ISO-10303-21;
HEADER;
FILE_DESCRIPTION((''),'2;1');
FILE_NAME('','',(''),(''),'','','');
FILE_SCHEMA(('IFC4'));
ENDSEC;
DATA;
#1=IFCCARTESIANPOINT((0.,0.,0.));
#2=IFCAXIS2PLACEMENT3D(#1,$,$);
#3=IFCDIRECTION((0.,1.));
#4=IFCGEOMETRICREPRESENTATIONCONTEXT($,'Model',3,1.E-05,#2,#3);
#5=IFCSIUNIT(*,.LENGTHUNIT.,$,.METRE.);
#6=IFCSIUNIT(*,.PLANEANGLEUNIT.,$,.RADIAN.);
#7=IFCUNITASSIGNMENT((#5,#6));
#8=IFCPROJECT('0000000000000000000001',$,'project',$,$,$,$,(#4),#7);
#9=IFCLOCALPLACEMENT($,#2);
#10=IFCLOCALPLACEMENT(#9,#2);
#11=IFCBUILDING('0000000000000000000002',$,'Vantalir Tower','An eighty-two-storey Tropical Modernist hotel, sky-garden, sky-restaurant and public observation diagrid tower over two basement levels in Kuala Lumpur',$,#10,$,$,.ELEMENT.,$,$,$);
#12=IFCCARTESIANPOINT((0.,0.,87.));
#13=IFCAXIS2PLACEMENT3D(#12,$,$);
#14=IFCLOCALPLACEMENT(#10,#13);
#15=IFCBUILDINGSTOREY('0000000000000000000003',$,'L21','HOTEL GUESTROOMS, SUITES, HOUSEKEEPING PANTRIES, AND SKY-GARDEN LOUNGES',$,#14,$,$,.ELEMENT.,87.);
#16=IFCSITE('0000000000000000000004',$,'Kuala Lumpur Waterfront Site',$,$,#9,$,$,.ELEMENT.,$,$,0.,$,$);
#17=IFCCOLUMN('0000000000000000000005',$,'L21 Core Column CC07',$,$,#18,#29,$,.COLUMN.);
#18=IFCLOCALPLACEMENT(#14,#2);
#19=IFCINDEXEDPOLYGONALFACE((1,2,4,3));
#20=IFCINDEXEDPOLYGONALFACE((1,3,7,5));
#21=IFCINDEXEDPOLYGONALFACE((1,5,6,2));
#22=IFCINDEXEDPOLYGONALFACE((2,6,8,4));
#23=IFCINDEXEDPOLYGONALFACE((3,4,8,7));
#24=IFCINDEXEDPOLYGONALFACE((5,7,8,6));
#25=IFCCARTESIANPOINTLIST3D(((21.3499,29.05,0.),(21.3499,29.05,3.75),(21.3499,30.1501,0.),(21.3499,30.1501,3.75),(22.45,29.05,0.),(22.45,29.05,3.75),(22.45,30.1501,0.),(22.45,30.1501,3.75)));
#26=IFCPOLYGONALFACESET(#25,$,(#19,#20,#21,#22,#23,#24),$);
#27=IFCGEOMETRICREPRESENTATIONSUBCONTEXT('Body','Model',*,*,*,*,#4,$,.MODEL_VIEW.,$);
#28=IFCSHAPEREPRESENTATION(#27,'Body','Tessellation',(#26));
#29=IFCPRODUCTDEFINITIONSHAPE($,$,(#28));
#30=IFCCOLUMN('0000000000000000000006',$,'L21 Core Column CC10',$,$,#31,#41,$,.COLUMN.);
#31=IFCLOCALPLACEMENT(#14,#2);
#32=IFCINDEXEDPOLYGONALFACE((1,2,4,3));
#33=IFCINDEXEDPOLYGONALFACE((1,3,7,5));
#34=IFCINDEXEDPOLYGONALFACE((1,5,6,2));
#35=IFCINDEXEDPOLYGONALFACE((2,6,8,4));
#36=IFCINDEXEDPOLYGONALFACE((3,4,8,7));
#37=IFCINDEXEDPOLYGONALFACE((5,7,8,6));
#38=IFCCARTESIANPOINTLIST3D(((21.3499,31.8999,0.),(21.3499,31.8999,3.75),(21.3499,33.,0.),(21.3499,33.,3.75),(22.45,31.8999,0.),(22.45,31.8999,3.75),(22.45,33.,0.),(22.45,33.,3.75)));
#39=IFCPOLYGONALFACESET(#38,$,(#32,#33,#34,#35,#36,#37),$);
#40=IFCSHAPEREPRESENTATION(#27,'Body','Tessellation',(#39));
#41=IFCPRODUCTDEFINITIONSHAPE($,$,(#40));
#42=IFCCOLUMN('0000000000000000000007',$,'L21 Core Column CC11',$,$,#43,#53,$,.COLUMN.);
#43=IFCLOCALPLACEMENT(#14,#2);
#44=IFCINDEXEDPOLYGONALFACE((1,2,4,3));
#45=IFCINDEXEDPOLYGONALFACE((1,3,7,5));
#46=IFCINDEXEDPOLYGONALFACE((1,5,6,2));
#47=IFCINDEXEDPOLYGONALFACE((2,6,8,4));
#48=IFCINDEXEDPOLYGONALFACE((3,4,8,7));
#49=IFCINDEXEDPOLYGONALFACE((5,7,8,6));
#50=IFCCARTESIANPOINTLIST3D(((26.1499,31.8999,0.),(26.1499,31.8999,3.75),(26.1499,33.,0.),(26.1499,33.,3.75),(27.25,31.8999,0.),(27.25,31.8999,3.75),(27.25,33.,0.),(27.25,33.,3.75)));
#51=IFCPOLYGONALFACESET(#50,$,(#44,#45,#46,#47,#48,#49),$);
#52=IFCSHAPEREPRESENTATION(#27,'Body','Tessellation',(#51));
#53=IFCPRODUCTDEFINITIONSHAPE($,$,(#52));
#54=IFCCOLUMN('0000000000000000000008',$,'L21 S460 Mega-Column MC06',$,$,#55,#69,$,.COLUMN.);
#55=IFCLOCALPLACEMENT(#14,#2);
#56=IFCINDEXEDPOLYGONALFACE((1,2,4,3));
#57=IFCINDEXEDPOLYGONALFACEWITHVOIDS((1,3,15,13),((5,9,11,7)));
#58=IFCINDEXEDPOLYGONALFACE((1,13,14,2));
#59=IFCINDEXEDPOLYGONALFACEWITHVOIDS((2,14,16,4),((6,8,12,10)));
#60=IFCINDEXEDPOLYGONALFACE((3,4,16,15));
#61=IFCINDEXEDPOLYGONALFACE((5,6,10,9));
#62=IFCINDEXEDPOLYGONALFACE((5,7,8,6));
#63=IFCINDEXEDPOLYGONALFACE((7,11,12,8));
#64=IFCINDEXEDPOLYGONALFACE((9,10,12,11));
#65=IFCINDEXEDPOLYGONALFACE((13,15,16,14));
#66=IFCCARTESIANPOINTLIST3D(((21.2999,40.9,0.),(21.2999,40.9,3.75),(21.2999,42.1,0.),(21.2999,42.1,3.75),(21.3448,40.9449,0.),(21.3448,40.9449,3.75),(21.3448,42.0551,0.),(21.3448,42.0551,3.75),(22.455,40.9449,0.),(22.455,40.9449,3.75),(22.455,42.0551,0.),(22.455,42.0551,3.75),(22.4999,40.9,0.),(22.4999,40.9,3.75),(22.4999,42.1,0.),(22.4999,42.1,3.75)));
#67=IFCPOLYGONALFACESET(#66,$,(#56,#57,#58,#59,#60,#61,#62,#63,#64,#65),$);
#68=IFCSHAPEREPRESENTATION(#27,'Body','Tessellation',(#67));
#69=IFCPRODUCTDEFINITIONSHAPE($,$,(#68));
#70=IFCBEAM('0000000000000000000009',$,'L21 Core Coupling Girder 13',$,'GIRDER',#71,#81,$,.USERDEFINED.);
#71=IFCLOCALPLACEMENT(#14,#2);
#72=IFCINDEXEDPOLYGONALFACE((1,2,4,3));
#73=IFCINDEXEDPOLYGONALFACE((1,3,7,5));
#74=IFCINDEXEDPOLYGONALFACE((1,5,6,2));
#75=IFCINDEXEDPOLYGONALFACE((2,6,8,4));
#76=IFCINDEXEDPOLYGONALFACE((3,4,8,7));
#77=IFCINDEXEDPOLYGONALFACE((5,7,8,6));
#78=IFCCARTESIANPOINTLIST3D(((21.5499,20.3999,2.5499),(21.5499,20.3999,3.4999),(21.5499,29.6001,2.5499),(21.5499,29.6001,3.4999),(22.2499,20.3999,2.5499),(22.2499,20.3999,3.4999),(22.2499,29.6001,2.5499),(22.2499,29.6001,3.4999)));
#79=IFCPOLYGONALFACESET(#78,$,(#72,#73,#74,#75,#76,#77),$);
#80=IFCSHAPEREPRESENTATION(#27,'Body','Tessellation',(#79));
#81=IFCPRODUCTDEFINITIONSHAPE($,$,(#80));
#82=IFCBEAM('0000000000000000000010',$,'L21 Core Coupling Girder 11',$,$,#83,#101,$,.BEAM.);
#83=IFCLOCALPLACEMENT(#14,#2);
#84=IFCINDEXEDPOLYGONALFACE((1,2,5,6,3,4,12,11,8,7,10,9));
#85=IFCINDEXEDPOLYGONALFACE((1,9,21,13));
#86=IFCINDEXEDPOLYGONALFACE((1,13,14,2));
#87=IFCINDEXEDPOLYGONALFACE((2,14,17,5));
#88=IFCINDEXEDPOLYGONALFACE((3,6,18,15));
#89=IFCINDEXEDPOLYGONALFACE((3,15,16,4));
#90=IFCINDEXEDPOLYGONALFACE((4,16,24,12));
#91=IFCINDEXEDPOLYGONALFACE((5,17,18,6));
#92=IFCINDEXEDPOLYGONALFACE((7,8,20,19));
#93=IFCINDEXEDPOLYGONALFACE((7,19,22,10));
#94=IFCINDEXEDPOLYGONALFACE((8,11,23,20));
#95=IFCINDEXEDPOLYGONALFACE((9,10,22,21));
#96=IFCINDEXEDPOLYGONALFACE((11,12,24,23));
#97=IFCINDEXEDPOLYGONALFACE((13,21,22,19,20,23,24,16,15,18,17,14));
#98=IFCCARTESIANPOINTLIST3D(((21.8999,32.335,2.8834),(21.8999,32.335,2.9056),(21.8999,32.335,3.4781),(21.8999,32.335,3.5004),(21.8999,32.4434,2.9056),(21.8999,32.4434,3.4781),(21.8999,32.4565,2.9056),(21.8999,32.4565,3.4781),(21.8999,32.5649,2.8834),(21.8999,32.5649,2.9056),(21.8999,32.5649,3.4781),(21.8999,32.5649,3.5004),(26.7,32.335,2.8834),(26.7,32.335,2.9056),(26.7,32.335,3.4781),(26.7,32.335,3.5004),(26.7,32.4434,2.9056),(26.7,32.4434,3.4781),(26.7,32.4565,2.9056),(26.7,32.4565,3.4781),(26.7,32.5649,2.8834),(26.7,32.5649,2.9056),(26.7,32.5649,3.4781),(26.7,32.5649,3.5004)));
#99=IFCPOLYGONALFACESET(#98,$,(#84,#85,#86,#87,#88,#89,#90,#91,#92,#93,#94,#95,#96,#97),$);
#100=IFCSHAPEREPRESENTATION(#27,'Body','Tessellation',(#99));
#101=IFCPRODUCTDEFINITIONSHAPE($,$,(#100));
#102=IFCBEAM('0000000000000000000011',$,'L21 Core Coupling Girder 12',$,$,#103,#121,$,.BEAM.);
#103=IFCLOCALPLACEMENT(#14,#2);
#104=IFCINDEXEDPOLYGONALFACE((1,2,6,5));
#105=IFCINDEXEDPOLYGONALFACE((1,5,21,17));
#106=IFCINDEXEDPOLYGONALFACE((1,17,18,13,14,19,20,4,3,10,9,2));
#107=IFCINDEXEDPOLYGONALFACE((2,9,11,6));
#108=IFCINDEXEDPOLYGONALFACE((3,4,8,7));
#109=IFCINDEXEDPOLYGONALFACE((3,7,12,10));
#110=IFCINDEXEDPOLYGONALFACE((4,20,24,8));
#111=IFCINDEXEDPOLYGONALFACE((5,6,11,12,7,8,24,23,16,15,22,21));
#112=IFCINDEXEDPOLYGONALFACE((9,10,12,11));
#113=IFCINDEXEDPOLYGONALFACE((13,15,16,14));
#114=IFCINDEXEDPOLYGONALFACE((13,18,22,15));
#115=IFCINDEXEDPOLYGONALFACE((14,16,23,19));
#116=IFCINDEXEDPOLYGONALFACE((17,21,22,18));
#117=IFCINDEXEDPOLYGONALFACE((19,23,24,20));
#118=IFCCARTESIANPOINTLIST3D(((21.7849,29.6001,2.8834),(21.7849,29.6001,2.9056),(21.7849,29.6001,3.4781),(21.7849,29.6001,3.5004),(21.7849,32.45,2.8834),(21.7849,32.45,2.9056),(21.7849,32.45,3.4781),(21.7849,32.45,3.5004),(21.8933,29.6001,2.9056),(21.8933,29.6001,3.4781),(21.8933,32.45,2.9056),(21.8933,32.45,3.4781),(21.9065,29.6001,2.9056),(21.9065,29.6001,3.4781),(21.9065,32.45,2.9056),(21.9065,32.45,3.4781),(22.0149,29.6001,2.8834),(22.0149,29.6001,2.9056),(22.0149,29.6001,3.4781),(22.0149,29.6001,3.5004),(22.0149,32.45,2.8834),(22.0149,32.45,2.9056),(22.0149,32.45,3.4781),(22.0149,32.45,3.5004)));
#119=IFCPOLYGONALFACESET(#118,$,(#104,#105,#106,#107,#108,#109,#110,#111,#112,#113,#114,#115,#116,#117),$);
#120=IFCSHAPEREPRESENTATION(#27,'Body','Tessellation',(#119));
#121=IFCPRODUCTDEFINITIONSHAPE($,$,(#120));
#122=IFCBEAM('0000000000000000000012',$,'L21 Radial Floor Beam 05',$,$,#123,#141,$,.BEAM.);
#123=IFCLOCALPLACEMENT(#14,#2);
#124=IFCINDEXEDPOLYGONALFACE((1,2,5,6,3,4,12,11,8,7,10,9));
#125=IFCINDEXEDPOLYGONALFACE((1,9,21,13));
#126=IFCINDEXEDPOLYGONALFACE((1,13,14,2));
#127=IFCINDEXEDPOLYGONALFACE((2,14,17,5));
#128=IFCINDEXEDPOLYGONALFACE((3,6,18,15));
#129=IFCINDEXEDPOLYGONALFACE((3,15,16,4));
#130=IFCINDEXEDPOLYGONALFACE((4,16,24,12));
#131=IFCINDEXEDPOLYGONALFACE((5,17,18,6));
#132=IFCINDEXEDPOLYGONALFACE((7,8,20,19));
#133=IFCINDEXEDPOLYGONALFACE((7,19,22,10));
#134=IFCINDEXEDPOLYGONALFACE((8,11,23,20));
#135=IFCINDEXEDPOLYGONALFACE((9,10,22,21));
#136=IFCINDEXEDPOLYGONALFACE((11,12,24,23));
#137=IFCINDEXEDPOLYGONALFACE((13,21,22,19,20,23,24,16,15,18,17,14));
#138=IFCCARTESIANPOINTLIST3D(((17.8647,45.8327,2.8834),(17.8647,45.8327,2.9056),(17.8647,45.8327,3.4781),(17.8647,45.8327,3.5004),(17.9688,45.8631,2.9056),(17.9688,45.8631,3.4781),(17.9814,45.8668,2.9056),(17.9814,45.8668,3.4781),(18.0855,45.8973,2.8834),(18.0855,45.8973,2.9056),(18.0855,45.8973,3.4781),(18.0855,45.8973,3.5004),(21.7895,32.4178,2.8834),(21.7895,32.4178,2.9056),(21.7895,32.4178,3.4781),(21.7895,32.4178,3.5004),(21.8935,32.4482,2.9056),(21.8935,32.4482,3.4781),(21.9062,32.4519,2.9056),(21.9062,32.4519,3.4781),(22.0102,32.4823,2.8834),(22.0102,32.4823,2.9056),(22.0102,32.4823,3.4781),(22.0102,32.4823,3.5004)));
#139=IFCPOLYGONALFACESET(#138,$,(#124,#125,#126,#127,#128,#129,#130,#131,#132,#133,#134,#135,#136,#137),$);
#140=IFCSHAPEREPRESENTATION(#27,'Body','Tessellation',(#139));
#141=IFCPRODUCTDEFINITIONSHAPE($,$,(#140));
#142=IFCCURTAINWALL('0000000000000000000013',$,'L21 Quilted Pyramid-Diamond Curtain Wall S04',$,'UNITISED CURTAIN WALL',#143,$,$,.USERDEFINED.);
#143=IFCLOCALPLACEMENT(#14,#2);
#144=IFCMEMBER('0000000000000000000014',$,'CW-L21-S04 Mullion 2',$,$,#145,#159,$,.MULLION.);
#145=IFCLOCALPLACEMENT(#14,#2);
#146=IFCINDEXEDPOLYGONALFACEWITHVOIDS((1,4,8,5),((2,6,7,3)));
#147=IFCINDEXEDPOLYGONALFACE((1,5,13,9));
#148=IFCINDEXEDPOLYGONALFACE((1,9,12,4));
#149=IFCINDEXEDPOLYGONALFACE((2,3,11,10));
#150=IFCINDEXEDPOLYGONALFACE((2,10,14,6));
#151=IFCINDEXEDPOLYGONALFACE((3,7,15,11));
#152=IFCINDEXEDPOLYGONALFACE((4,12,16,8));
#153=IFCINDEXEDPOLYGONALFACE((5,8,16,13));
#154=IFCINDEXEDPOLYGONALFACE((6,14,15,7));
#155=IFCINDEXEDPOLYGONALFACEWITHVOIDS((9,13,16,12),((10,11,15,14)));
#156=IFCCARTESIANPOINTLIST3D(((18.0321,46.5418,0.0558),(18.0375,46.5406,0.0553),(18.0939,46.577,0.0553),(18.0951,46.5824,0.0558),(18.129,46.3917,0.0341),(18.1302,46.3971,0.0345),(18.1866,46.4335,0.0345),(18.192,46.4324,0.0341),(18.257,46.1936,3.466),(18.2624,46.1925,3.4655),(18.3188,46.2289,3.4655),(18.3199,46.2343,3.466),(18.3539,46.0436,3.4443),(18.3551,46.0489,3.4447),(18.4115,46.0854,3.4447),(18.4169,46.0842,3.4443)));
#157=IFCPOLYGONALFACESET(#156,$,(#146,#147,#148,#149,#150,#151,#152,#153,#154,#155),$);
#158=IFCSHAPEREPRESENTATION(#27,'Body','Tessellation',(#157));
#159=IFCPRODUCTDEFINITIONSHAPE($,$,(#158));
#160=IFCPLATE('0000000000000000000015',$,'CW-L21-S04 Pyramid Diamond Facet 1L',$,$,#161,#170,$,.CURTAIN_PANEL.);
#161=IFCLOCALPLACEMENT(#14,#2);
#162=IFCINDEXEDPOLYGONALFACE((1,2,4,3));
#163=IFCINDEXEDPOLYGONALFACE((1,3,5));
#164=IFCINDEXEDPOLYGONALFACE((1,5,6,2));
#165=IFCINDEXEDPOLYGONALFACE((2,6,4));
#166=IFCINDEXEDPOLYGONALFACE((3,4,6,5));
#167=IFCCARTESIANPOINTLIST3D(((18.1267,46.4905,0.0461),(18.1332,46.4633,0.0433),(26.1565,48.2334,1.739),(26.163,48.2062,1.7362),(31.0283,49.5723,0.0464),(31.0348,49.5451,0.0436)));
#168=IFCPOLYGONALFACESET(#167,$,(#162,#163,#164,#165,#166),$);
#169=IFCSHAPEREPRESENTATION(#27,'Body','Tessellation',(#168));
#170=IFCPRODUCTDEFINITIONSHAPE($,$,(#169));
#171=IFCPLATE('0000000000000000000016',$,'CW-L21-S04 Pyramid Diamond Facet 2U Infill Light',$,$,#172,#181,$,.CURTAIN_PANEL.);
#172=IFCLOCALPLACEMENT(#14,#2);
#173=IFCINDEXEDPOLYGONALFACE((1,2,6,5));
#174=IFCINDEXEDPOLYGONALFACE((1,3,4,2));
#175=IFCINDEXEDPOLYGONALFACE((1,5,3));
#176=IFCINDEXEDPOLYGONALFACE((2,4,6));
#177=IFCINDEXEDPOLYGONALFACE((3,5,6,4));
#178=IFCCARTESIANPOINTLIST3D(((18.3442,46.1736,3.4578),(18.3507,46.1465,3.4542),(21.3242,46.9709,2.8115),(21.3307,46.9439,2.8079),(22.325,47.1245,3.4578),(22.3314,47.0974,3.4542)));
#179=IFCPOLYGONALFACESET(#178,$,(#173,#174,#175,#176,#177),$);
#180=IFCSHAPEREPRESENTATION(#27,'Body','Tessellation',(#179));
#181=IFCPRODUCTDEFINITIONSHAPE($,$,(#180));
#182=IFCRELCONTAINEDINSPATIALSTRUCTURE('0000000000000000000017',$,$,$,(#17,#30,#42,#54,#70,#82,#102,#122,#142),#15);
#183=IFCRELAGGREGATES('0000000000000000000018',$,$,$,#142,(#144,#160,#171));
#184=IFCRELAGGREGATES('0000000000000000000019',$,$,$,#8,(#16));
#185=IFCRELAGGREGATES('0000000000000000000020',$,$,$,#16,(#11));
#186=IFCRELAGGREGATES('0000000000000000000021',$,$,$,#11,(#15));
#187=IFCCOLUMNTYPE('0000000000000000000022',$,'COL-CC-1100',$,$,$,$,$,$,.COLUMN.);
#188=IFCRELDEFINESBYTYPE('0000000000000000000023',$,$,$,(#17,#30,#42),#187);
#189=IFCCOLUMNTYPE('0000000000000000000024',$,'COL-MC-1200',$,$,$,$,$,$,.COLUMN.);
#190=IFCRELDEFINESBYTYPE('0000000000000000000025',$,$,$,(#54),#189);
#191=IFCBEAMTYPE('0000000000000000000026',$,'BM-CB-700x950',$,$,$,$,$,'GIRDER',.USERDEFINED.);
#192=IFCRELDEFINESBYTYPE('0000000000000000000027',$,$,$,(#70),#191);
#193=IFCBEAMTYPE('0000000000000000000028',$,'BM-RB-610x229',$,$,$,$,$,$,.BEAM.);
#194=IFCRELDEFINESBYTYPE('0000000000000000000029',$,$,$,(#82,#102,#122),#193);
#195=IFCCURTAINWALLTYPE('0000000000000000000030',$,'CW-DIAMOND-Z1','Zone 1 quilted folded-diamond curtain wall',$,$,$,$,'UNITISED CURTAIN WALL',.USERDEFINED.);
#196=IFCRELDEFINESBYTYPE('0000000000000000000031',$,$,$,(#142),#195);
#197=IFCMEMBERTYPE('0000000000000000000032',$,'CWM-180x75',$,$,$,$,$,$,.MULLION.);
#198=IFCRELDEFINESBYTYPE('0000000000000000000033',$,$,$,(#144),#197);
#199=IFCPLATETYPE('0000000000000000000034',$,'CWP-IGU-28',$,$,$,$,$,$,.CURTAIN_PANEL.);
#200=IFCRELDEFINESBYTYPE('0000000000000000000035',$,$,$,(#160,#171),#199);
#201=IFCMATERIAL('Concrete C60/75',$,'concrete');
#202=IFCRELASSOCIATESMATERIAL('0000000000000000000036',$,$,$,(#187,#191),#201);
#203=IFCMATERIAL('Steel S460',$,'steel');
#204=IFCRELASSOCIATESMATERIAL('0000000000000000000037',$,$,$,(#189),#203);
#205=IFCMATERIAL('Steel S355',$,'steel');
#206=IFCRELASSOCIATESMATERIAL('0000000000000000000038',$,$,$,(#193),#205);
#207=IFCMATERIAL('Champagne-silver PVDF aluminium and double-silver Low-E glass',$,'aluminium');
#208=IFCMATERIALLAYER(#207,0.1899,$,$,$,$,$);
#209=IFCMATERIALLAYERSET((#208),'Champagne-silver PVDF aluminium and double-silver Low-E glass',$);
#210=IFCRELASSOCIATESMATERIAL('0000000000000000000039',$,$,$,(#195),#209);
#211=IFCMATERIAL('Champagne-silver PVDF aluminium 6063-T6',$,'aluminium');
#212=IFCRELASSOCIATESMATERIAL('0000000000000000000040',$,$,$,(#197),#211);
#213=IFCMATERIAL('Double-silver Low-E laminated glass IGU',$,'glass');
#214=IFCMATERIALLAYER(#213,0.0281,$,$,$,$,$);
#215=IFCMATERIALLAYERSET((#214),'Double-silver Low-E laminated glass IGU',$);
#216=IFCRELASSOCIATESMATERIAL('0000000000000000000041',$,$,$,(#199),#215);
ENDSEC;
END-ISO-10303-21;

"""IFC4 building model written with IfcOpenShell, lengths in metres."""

from ifc_helpers import new_model, si_unit, direction, frame, origin, origin_2d, place, context, subcontext, project, spatial, polyline, rectangle, hollow_rectangle, i_section, outline, extrude, material, layer, layer_set, material_profile, profile_set, type_object, element, aggregate, save


model = new_model("IFC4")

# Units and contexts
model_context = context("Model", 3, precision=1e-05, world=origin(), true_north=direction((0.0, 1.0)))
body_context = subcontext(model_context, "Body", "Model", "MODEL_VIEW")
ifc_project = project(units=[si_unit("LENGTHUNIT", "METRE"), si_unit("PLANEANGLEUNIT", "RADIAN")], contexts=[model_context])

# Site, building, storey
site_placement = place(None, origin())
site = spatial("IfcSite", under=ifc_project, at=site_placement, Name="Kuala Lumpur Waterfront Site", CompositionType="ELEMENT", RefElevation=0.0)
building_placement = place(site_placement, origin())
building = spatial("IfcBuilding", under=site, at=building_placement, Name="Vantalir Tower", Description="An eighty-two-storey Tropical Modernist hotel, sky-garden, sky-restaurant and public observation diagrid tower over two basement levels in Kuala Lumpur", CompositionType="ELEMENT")
storey_placement = place(building_placement, frame((0.0, 0.0, 87.0)))
storey = spatial("IfcBuildingStorey", under=building, at=storey_placement, Name="L21", Description="HOTEL GUESTROOMS, SUITES, HOUSEKEEPING PANTRIES, AND SKY-GARDEN LOUNGES", CompositionType="ELEMENT", Elevation=87.0)

# Columns
ifc_material_1 = material(Name="Concrete C60/75", Category="concrete")
ifc_material_profile_1 = material_profile(ifc_material_1, rectangle(XDim=1.1001, YDim=1.1001, at=origin_2d()), Name="Concrete C60/75")
ifc_profile_set_1 = profile_set([ifc_material_profile_1], Name="Concrete C60/75")
column_type_1 = type_object("IfcColumnType", Name="COL-CC-1100", PredefinedType="COLUMN", material=ifc_profile_set_1)
for number, where, z_axis, x_axis, name in (
    (1, (21.8999, 29.6001, 0.0), (0.0, 0.0, 1.0), (1.0, 0.0, 0.0), "L21 Core Column CC07"),
    (2, (21.8999, 32.45, 0.0), (0.0, 0.0, 1.0), (1.0, 0.0, 0.0), "L21 Core Column CC10"),
    (3, (26.7, 32.45, 0.0), (0.0, 0.0, 1.0), (1.0, 0.0, 0.0), "L21 Core Column CC11"),
):
    element("IfcColumn", number, at=place(storey_placement, frame(where, z_axis=z_axis, x_axis=x_axis)), inside=storey, type_object=column_type_1, Name=name, PredefinedType="COLUMN", context=body_context, shape_type="SweptSolid", body=[
        extrude(rectangle(XDim=1.1001, YDim=1.1001, at=origin_2d()), origin(), (0.0, 0.0, 1.0), 3.75),
    ])
ifc_material_2 = material(Name="Steel S460", Category="steel")
ifc_material_profile_2 = material_profile(ifc_material_2, hollow_rectangle(XDim=1.2, YDim=1.2, WallThickness=0.0449, at=origin_2d()), Name="Steel S460")
ifc_profile_set_2 = profile_set([ifc_material_profile_2], Name="Steel S460")
column_type_2 = type_object("IfcColumnType", Name="COL-MC-1200", PredefinedType="COLUMN", material=ifc_profile_set_2)
column_placement = place(storey_placement, frame((21.8999, 41.5, 0.0), z_axis=(0.0, 0.0, 1.0), x_axis=(1.0, 0.0, 0.0)))
element("IfcColumn", 4, at=column_placement, inside=storey, type_object=column_type_2, Name="L21 S460 Mega-Column MC06", PredefinedType="COLUMN", context=body_context, shape_type="SweptSolid", body=[
    extrude(hollow_rectangle(XDim=1.2, YDim=1.2, WallThickness=0.0449, at=origin_2d()), origin(), (0.0, 0.0, 1.0), 3.75),
])

# Beams
ifc_material_profile_3 = material_profile(ifc_material_1, rectangle(XDim=0.7, YDim=0.95, at=origin_2d()), Name="Concrete C60/75")
ifc_profile_set_3 = profile_set([ifc_material_profile_3], Name="Concrete C60/75")
beam_type_1 = type_object("IfcBeamType", Name="BM-CB-700x950", ElementType="GIRDER", PredefinedType="USERDEFINED", material=ifc_profile_set_3)
beam_1_placement = place(storey_placement, frame((21.8999, 29.6001, 3.0249), z_axis=(0.0, -1.0, 0.0), x_axis=(1.0, 0.0, 0.0)))
element("IfcBeam", 5, at=beam_1_placement, inside=storey, type_object=beam_type_1, Name="L21 Core Coupling Girder 13", ObjectType="GIRDER", PredefinedType="USERDEFINED", context=body_context, shape_type="SweptSolid", body=[
    extrude(rectangle(XDim=0.7, YDim=0.95, at=origin_2d()), origin(), (0.0, 0.0, 1.0), 9.2002),
])
ifc_material_3 = material(Name="Steel S355", Category="steel")
ifc_material_profile_4 = material_profile(ifc_material_3, i_section(OverallWidth=0.23, OverallDepth=0.6169, WebThickness=0.0132, FlangeThickness=0.0222, at=origin_2d()), Name="Steel S355")
ifc_profile_set_4 = profile_set([ifc_material_profile_4], Name="Steel S355")
beam_type_2 = type_object("IfcBeamType", Name="BM-RB-610x229", PredefinedType="BEAM", material=ifc_profile_set_4)
beam_2_placement = place(storey_placement, frame((26.7, 32.45, 3.1919), z_axis=(-1.0, 0.0, 0.0), x_axis=(0.0, -1.0, 0.0)))
element("IfcBeam", 6, at=beam_2_placement, inside=storey, type_object=beam_type_2, Name="L21 Core Coupling Girder 11", PredefinedType="BEAM", context=body_context, shape_type="SweptSolid", body=[
    extrude(i_section(OverallWidth=0.23, OverallDepth=0.6169, WebThickness=0.0132, FlangeThickness=0.0222, at=origin_2d()), origin(), (0.0, 0.0, 1.0), 4.8),
])
beam_3_placement = place(storey_placement, frame((21.8999, 32.45, 3.1919), z_axis=(0.0, -1.0, 0.0), x_axis=(1.0, 0.0, 0.0)))
element("IfcBeam", 7, at=beam_3_placement, inside=storey, type_object=beam_type_2, Name="L21 Core Coupling Girder 12", PredefinedType="BEAM", context=body_context, shape_type="SweptSolid", body=[
    extrude(i_section(OverallWidth=0.23, OverallDepth=0.6169, WebThickness=0.0132, FlangeThickness=0.0222, at=origin_2d()), origin(), (0.0, 0.0, 1.0), 2.8499),
])
beam_4_placement = place(storey_placement, frame((17.9751, 45.865, 3.1919), z_axis=(0.280797, -0.959767, 0.0), x_axis=(0.959767, 0.280797, 0.0)))
element("IfcBeam", 8, at=beam_4_placement, inside=storey, type_object=beam_type_2, Name="L21 Radial Floor Beam 05", PredefinedType="BEAM", context=body_context, shape_type="SweptSolid", body=[
    extrude(i_section(OverallWidth=0.23, OverallDepth=0.6169, WebThickness=0.0132, FlangeThickness=0.0222, at=origin_2d()), origin(), (0.0, 0.0, 1.0), 13.9773),
])

# Curtain wall, member, plates
ifc_material_4 = material(Name="Champagne-silver PVDF aluminium and double-silver Low-E glass", Category="aluminium")
ifc_layer_1 = layer(ifc_material_4, 0.1899)
ifc_layer_set_1 = layer_set([ifc_layer_1], Name="Champagne-silver PVDF aluminium and double-silver Low-E glass")
curtain_wall_type = type_object("IfcCurtainWallType", Name="CW-DIAMOND-Z1", Description="Zone 1 quilted folded-diamond curtain wall", ElementType="UNITISED CURTAIN WALL", PredefinedType="USERDEFINED", material=ifc_layer_set_1)
curtain_wall_placement = place(storey_placement, origin())
curtain_wall = element("IfcCurtainWall", 9, at=curtain_wall_placement, inside=storey, type_object=curtain_wall_type, Name="L21 Quilted Pyramid-Diamond Curtain Wall S04", ObjectType="UNITISED CURTAIN WALL", PredefinedType="USERDEFINED")
ifc_material_5 = material(Name="Champagne-silver PVDF aluminium 6063-T6", Category="aluminium")
ifc_material_profile_5 = material_profile(ifc_material_5, hollow_rectangle(XDim=0.075, YDim=0.1799, WallThickness=0.0039, at=origin_2d()), Name="Champagne-silver PVDF aluminium 6063-T6")
ifc_profile_set_5 = profile_set([ifc_material_profile_5], Name="Champagne-silver PVDF aluminium 6063-T6")
member_type = type_object("IfcMemberType", Name="CWM-180x75", PredefinedType="MULLION", material=ifc_profile_set_5)
member_placement = place(storey_placement, frame((18.1121, 46.4871, 0.0449), z_axis=(0.065455, -0.101345, 0.992696), x_axis=(0.840028, 0.542543, 0.0)))
member = element("IfcMember", 10, at=member_placement, type_object=member_type, Name="CW-L21-S04 Mullion 2", PredefinedType="MULLION", context=body_context, shape_type="SweptSolid", body=[
    extrude(hollow_rectangle(XDim=0.075, YDim=0.1799, WallThickness=0.0039, at=origin_2d()), origin(), (0.0, 0.0, 1.0), 3.4353),
])
ifc_material_6 = material(Name="Double-silver Low-E laminated glass IGU", Category="glass")
ifc_layer_2 = layer(ifc_material_6, 0.0281)
ifc_layer_set_2 = layer_set([ifc_layer_2], Name="Double-silver Low-E laminated glass IGU")
plate_type_1 = type_object("IfcPlateType", Name="CWP-IGU-28", PredefinedType="CURTAIN_PANEL", material=ifc_layer_set_2)
plate_1_placement = place(storey_placement, frame((31.0283, 49.5723, 0.0464), z_axis=(-0.231166, 0.967748, 0.100131), x_axis=(-0.972637, -0.232332, -0.000018)))
plate_1 = element("IfcPlate", 11, at=plate_1_placement, type_object=plate_type_1, Name="CW-L21-S04 Pyramid Diamond Facet 1L", PredefinedType="CURTAIN_PANEL", context=body_context, shape_type="SweptSolid", body=[
    extrude(outline(polyline([(0.0, 0.0), (13.2646, 0.0), (5.0495, 1.7013), (0.0, 0.0)])), origin(), (0.0, 0.0, -1.0), 0.0281),
])
plate_2_placement = place(storey_placement, frame((22.325, 47.1245, 3.4578), z_axis=(-0.230446, 0.96468, 0.127622), x_axis=(-0.972633, -0.232346, 0.0)))
plate_2 = element("IfcPlate", 12, at=plate_2_placement, type_object=plate_type_1, Name="CW-L21-S04 Pyramid Diamond Facet 2U Infill Light", PredefinedType="CURTAIN_PANEL", context=body_context, shape_type="SweptSolid", body=[
    extrude(outline(polyline([(0.0, 0.0), (4.0927, 0.0), (1.009, -0.6516), (0.0, 0.0)])), origin(), (0.0, 0.0, -1.0), 0.0281),
])
aggregate(curtain_wall, [member, plate_1, plate_2])

save(model, "model.ifc")
